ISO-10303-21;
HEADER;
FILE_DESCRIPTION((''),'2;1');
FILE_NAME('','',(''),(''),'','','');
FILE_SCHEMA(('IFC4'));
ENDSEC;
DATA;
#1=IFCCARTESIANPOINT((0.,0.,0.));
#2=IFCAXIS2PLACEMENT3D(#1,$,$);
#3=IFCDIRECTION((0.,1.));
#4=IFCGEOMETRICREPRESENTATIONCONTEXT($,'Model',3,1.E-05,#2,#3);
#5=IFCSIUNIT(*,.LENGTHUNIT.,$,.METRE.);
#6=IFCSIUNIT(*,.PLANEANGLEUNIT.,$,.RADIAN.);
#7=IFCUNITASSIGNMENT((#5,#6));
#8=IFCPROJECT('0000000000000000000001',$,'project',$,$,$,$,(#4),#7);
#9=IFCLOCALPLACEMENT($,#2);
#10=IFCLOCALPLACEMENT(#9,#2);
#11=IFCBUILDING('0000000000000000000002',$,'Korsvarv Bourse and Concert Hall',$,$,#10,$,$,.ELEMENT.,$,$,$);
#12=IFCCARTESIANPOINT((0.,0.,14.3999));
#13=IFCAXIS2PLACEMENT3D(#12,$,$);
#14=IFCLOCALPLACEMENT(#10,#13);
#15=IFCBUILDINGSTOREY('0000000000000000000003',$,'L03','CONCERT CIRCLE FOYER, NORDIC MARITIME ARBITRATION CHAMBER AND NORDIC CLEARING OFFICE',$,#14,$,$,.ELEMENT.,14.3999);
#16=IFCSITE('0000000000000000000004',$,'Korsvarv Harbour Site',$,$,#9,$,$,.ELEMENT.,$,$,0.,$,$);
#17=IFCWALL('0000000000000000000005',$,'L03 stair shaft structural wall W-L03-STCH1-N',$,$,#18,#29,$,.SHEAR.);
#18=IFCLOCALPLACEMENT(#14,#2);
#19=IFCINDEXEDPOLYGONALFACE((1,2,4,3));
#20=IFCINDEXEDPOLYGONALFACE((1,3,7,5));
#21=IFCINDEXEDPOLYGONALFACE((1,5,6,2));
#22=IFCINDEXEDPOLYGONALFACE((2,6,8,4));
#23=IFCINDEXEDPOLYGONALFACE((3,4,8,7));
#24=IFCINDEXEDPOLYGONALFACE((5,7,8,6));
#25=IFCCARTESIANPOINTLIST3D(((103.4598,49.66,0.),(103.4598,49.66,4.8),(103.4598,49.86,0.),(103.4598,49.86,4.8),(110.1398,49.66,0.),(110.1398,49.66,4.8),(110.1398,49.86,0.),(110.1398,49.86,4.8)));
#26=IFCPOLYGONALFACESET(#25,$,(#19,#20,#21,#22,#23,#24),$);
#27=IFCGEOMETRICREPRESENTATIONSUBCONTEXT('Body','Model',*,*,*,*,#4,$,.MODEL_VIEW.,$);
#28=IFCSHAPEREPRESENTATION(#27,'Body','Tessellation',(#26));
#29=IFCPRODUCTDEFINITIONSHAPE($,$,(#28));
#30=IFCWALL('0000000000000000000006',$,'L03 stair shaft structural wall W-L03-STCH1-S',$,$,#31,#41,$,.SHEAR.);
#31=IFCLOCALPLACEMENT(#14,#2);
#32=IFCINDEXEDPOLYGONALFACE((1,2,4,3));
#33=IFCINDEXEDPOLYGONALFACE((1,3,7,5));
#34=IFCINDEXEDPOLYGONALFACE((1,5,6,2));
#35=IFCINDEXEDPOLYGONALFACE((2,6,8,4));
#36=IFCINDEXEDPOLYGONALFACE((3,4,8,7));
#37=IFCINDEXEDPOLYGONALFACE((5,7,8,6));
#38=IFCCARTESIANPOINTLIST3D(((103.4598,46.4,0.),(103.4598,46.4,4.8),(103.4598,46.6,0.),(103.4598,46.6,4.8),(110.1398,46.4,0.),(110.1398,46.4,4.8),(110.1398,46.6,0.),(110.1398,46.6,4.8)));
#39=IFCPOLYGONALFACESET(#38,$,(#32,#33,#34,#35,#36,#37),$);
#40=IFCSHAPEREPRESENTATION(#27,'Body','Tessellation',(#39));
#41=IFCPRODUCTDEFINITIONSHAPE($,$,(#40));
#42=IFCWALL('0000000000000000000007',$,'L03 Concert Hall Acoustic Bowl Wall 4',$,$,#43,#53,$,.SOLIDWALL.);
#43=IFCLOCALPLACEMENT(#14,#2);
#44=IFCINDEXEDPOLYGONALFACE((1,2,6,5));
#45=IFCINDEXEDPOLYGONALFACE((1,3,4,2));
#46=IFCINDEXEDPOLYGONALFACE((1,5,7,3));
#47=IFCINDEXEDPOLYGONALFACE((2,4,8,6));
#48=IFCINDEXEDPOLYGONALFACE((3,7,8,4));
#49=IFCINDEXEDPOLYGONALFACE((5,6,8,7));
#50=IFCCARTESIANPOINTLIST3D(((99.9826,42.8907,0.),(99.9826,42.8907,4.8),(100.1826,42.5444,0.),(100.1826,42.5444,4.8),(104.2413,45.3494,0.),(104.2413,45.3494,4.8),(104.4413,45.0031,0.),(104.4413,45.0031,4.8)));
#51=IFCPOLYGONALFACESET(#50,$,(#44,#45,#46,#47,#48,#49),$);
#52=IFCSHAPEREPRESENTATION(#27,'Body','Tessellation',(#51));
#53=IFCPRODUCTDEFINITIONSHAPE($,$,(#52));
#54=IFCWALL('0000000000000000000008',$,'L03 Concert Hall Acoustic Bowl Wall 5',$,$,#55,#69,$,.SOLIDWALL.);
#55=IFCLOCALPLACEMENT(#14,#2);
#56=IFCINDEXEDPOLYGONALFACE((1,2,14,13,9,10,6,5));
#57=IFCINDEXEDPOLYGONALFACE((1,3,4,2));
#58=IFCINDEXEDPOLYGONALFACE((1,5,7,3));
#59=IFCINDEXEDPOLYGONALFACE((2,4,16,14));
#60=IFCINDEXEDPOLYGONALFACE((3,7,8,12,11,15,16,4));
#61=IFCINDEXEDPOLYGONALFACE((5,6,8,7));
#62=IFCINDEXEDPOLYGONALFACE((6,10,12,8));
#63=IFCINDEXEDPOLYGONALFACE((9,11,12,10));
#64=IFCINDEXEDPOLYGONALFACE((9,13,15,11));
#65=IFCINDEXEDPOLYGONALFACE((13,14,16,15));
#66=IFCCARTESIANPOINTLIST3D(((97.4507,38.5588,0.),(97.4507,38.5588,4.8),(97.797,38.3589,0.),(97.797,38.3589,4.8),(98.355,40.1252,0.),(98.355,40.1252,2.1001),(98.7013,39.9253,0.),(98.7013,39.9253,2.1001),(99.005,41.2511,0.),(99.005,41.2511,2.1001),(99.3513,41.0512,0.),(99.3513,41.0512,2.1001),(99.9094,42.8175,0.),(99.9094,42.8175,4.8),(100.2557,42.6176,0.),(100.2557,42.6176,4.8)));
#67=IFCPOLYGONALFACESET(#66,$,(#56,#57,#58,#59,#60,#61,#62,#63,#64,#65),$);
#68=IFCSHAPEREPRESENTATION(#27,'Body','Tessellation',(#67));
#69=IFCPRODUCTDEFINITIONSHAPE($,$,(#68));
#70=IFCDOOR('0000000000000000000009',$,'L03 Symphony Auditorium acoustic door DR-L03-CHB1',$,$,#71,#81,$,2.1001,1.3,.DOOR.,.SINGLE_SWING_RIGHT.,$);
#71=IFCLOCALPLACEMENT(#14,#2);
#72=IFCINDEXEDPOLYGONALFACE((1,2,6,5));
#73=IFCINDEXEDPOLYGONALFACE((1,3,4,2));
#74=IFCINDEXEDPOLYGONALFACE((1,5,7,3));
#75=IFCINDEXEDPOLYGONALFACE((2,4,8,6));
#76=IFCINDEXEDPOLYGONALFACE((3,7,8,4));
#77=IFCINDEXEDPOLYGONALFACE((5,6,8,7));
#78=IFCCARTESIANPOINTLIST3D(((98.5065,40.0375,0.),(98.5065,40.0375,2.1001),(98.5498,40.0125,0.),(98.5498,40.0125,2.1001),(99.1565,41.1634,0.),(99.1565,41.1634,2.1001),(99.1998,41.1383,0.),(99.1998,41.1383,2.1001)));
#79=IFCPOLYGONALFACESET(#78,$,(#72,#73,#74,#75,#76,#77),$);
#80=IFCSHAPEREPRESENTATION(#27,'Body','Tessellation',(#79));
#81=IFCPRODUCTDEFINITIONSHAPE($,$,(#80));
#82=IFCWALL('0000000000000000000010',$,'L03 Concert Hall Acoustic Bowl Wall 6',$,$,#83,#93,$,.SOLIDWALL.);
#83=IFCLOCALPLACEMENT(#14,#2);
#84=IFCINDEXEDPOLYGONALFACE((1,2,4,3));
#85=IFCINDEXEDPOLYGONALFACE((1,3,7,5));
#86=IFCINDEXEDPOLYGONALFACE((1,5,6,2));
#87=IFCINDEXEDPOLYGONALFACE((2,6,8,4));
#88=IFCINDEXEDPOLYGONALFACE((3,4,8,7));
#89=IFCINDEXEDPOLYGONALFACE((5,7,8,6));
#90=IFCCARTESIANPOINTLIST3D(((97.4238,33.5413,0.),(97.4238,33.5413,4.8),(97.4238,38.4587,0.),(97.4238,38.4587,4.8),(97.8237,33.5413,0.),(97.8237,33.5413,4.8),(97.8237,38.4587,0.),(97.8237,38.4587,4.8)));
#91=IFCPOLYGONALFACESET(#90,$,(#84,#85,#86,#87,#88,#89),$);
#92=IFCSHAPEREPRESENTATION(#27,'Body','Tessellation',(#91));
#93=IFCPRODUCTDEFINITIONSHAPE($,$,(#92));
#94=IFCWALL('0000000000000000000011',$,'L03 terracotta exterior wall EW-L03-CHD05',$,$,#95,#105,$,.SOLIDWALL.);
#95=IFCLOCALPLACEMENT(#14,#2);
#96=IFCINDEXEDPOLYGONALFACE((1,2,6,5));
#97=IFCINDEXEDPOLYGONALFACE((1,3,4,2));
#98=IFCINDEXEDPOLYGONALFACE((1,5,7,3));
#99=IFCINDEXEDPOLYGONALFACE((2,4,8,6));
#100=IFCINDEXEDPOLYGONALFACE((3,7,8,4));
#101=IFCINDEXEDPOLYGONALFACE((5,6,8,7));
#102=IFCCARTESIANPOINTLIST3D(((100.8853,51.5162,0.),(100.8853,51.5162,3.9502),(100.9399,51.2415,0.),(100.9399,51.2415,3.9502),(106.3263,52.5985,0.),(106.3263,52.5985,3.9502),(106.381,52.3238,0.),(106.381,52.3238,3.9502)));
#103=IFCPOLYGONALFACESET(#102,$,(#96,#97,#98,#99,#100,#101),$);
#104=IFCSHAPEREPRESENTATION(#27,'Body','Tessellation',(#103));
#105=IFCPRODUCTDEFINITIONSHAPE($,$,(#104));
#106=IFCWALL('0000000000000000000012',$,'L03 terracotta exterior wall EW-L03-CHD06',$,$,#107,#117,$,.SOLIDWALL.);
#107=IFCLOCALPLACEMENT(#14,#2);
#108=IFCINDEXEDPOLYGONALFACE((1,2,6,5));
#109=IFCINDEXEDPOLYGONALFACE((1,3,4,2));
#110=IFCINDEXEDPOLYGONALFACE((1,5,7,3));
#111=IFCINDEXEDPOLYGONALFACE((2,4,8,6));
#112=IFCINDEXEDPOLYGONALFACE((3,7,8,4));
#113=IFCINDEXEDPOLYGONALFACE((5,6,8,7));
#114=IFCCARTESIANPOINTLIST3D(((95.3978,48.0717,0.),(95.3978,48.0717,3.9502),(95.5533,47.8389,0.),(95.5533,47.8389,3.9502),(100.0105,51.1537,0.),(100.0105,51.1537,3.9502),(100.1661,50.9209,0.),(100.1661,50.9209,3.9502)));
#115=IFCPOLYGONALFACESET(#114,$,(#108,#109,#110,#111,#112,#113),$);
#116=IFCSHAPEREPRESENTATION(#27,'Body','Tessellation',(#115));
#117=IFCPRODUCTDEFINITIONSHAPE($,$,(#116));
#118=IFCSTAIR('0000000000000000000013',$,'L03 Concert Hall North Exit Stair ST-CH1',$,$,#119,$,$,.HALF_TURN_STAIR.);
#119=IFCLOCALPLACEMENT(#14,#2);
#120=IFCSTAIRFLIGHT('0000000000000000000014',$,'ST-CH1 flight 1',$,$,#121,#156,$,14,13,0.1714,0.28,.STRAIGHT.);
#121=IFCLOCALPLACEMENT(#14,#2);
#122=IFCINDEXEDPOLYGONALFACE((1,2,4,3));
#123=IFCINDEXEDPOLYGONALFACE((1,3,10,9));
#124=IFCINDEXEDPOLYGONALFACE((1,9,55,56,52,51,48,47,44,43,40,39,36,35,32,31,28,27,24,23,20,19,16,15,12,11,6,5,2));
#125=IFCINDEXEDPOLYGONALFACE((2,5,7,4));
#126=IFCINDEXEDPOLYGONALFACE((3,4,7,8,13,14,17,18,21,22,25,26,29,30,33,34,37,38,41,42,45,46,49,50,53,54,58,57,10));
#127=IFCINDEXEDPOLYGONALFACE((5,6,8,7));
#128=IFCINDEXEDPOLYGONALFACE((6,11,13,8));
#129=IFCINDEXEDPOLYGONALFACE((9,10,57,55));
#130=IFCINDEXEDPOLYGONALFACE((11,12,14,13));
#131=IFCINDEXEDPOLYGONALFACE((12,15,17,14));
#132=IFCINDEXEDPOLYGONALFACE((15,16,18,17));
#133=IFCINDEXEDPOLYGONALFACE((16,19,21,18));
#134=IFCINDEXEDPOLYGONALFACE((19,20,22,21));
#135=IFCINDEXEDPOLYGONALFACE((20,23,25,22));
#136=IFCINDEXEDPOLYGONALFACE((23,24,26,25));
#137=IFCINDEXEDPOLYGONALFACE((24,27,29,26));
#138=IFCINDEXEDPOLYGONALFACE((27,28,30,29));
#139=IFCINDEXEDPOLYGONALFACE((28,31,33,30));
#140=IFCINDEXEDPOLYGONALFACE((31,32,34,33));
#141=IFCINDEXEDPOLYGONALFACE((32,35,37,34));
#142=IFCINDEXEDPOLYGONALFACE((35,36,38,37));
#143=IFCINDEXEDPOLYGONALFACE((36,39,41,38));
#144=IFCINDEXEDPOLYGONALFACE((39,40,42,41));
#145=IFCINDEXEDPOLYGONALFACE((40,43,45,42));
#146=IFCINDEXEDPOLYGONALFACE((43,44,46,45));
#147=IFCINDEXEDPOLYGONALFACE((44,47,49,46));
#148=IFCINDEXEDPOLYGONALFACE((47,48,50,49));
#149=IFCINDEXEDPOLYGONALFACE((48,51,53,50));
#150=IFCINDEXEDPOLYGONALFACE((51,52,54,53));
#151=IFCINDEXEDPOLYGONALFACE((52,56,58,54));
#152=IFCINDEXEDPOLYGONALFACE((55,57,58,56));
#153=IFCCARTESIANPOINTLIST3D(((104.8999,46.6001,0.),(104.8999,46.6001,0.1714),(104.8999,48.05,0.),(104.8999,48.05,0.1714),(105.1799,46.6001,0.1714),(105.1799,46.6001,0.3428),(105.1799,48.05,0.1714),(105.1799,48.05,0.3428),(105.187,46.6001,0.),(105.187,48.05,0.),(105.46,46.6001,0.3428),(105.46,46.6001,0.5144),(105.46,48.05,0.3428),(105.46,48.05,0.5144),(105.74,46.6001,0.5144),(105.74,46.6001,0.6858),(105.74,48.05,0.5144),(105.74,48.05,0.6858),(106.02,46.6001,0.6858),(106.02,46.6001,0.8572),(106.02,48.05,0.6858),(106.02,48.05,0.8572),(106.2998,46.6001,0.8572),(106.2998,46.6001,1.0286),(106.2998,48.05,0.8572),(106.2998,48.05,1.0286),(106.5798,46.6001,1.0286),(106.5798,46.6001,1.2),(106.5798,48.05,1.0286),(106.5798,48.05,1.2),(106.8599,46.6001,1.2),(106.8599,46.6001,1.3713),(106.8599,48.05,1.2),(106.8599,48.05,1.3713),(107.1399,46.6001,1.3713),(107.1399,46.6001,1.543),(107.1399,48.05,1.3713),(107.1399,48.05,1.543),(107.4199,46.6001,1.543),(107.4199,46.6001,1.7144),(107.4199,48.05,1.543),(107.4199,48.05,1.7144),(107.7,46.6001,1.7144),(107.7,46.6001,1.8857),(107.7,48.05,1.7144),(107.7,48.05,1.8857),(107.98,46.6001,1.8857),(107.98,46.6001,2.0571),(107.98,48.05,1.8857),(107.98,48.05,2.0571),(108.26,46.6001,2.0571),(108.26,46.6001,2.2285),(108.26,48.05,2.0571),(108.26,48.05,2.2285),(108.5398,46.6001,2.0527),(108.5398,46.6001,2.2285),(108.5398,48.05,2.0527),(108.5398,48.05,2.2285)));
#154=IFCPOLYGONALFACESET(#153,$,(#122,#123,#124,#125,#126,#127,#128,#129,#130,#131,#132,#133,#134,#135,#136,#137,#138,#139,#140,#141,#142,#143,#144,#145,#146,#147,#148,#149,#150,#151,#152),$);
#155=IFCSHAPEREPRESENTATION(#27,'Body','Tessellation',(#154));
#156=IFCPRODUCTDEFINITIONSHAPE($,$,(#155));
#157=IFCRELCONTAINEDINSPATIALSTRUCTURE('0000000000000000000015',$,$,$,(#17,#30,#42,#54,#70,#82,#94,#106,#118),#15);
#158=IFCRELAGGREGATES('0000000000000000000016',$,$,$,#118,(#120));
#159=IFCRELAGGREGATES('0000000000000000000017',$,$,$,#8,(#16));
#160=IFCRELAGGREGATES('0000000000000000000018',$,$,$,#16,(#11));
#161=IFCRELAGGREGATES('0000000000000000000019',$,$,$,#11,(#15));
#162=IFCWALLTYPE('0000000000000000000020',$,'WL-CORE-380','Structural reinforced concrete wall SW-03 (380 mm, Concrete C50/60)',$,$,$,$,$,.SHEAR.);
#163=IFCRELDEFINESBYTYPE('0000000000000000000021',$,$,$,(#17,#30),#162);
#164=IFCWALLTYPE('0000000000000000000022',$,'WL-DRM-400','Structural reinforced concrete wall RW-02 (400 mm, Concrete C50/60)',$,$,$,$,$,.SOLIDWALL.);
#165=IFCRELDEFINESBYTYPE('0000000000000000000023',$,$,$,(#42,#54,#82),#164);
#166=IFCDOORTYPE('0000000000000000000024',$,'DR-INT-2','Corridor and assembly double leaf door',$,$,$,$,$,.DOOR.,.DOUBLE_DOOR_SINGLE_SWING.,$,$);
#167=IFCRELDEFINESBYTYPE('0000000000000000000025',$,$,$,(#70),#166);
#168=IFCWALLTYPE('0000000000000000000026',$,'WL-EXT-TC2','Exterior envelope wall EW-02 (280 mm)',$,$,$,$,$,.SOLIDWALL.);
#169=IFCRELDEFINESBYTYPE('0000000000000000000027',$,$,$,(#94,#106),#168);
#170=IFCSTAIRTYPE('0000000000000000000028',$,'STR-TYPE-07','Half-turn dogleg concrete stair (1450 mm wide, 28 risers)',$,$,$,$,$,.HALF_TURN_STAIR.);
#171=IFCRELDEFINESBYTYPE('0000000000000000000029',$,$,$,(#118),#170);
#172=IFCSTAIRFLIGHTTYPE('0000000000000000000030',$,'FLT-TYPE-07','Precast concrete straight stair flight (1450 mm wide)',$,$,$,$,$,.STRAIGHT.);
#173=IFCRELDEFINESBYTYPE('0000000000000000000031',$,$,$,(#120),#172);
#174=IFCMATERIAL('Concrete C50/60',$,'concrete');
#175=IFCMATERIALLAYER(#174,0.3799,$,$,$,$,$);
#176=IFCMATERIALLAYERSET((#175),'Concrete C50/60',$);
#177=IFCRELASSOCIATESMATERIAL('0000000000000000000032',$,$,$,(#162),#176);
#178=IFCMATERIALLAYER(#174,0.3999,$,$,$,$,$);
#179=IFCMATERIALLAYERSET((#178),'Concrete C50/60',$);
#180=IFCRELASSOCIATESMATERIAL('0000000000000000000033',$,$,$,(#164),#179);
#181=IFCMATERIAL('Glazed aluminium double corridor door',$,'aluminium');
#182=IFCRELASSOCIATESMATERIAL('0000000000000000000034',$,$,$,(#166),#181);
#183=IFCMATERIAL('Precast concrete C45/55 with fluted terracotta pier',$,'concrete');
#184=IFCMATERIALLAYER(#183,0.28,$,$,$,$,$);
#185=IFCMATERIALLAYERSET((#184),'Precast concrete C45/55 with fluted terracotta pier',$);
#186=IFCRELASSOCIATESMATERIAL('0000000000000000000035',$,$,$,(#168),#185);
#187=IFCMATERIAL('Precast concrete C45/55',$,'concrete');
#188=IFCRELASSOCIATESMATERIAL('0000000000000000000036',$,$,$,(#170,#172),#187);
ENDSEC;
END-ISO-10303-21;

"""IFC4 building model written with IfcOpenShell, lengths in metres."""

from ifc_helpers import new_model, si_unit, direction, frame, frame_2d, origin, place, context, subcontext, project, spatial, polyline, rectangle, outline, extrude, material, layer, layer_set, type_object, element, fill, aggregate, save


model = new_model("IFC4")

# Units and contexts
model_context = context("Model", 3, precision=1e-05, world=origin(), true_north=direction((0.0, 1.0)))
body_context = subcontext(model_context, "Body", "Model", "MODEL_VIEW")
ifc_project = project(units=[si_unit("LENGTHUNIT", "METRE"), si_unit("PLANEANGLEUNIT", "RADIAN")], contexts=[model_context])

# Site, building, storey
site_placement = place(None, origin())
site = spatial("IfcSite", under=ifc_project, at=site_placement, Name="Korsvarv Harbour Site", CompositionType="ELEMENT", RefElevation=0.0)
building_placement = place(site_placement, origin())
building = spatial("IfcBuilding", under=site, at=building_placement, Name="Korsvarv Bourse and Concert Hall", CompositionType="ELEMENT")
storey_placement = place(building_placement, frame((0.0, 0.0, 14.3999)))
storey = spatial("IfcBuildingStorey", under=building, at=storey_placement, Name="L03", Description="CONCERT CIRCLE FOYER, NORDIC MARITIME ARBITRATION CHAMBER AND NORDIC CLEARING OFFICE", CompositionType="ELEMENT", Elevation=14.3999)

# Shared definitions
ifc_material_1 = material(Name="Concrete C50/60", Category="concrete")

# Shared definitions
ifc_layer_1 = layer(ifc_material_1, 0.3799)
ifc_layer_set_1 = layer_set([ifc_layer_1], Name="Concrete C50/60")
wall_type_1 = type_object("IfcWallType", Name="WL-CORE-380", Description="Structural reinforced concrete wall SW-03 (380 mm, Concrete C50/60)", PredefinedType="SHEAR", material=ifc_layer_set_1)

# Walls
for number, where, z_axis, x_axis, name in (
    (1, (103.46, 49.76, 0.0), (0.0, 0.0, 1.0), (1.0, 0.0, 0.0), "L03 stair shaft structural wall W-L03-STCH1-N"),
    (2, (103.46, 46.5, 0.0), (0.0, 0.0, 1.0), (1.0, 0.0, 0.0), "L03 stair shaft structural wall W-L03-STCH1-S"),
):
    element("IfcWall", number, at=place(storey_placement, frame(where, z_axis=z_axis, x_axis=x_axis)), inside=storey, type_object=wall_type_1, Name=name, PredefinedType="SHEAR", context=body_context, shape_type="SweptSolid", body=[
        extrude(rectangle(XDim=6.6799, YDim=0.2, at=frame_2d((3.3398, 0.0))), origin(), (0.0, 0.0, 1.0), 4.8),
    ])
ifc_layer_2 = layer(ifc_material_1, 0.3999)
ifc_layer_set_2 = layer_set([ifc_layer_2], Name="Concrete C50/60")
wall_type_2 = type_object("IfcWallType", Name="WL-DRM-400", Description="Structural reinforced concrete wall RW-02 (400 mm, Concrete C50/60)", PredefinedType="SOLIDWALL", material=ifc_layer_set_2)
wall_1_placement = place(storey_placement, frame((104.3413, 45.1763, 0.0), z_axis=(0.0, 0.0, 1.0), x_axis=(-0.866032, -0.499989, 0.0)))
element("IfcWall", 3, at=wall_1_placement, inside=storey, type_object=wall_type_2, Name="L03 Concert Hall Acoustic Bowl Wall 4", PredefinedType="SOLIDWALL", context=body_context, shape_type="SweptSolid", body=[
    extrude(rectangle(XDim=4.9175, YDim=0.3999, at=frame_2d((2.4587, 0.0))), origin(), (0.0, 0.0, 1.0), 4.8),
])

# Wall, opening, door
wall_2_placement = place(storey_placement, frame((100.0825, 42.7175, 0.0), z_axis=(0.0, 0.0, 1.0), x_axis=(-0.499989, -0.866032, 0.0)))
wall_2 = element("IfcWall", 4, at=wall_2_placement, inside=storey, type_object=wall_type_2, Name="L03 Concert Hall Acoustic Bowl Wall 5", PredefinedType="SOLIDWALL", context=body_context, shape_type="SweptSolid", body=[
    extrude(rectangle(XDim=4.9175, YDim=0.3999, at=frame_2d((2.4587, 0.0))), origin(), (0.0, 0.0, 1.0), 4.8),
])
opening_1_placement = place(wall_2_placement, frame((1.8088, 0.0, 0.0)))
opening_1 = element("IfcOpeningElement", 5, at=opening_1_placement, cuts=wall_2, PredefinedType="OPENING", context=body_context, shape_type="SweptSolid", body=[
    extrude(rectangle(XDim=1.3, YDim=2.1001, at=frame_2d((0.6499, 1.05))), frame((0.0, 0.21, 0.0), z_axis=(0.0, -1.0, 0.0), x_axis=(1.0, 0.0, 0.0)), (0.0, 0.0, 1.0), 0.4199),
])
ifc_material_2 = material(Name="Glazed aluminium double corridor door", Category="aluminium")
door_type_1 = type_object("IfcDoorType", Name="DR-INT-2", Description="Corridor and assembly double leaf door", OperationType="DOUBLE_DOOR_SINGLE_SWING", PredefinedType="DOOR", material=ifc_material_2)
door_1_placement = place(opening_1_placement, frame((1.3, 0.0, 0.0), z_axis=(0.0, 0.0, 1.0), x_axis=(-1.0, 0.0, 0.0)))
door_1 = element("IfcDoor", 6, at=door_1_placement, inside=storey, type_object=door_type_1, Name="L03 Symphony Auditorium acoustic door DR-L03-CHB1", OperationType="SINGLE_SWING_RIGHT", OverallHeight=2.1001, OverallWidth=1.3, PredefinedType="DOOR", context=body_context, shape_type="SweptSolid", body=[
    extrude(rectangle(XDim=1.3, YDim=2.1001, at=frame_2d((0.6499, 1.05))), frame((0.0, 0.0249, 0.0), z_axis=(0.0, -1.0, 0.0), x_axis=(1.0, 0.0, 0.0)), (0.0, 0.0, 1.0), 0.05),
])
fill(opening_1, door_1)

# Walls
wall_3_placement = place(storey_placement, frame((97.6238, 38.4587, 0.0), z_axis=(0.0, 0.0, 1.0), x_axis=(0.0, -1.0, 0.0)))
element("IfcWall", 7, at=wall_3_placement, inside=storey, type_object=wall_type_2, Name="L03 Concert Hall Acoustic Bowl Wall 6", PredefinedType="SOLIDWALL", context=body_context, shape_type="SweptSolid", body=[
    extrude(rectangle(XDim=4.9175, YDim=0.3999, at=frame_2d((2.4587, 0.0))), origin(), (0.0, 0.0, 1.0), 4.8),
])
ifc_material_3 = material(Name="Precast concrete C45/55 with fluted terracotta pier", Category="concrete")
ifc_layer_3 = layer(ifc_material_3, 0.28)
ifc_layer_set_3 = layer_set([ifc_layer_3], Name="Precast concrete C45/55 with fluted terracotta pier")
wall_type_3 = type_object("IfcWallType", Name="WL-EXT-TC2", Description="Exterior envelope wall EW-02 (280 mm)", PredefinedType="SOLIDWALL", material=ifc_layer_set_3)
for number, where, z_axis, x_axis, name in (
    (8, (106.3538, 52.4612, 0.0), (0.0, 0.0, 1.0), (-0.980785, -0.195092, 0.0), "L03 terracotta exterior wall EW-L03-CHD05"),
    (9, (100.0884, 51.0374, 0.0), (0.0, 0.0, 1.0), (-0.831481, -0.555553, 0.0), "L03 terracotta exterior wall EW-L03-CHD06"),
):
    element("IfcWall", number, at=place(storey_placement, frame(where, z_axis=z_axis, x_axis=x_axis)), inside=storey, type_object=wall_type_3, Name=name, PredefinedType="SOLIDWALL", context=body_context, shape_type="SweptSolid", body=[
        extrude(rectangle(XDim=5.5476, YDim=0.28, at=frame_2d((2.7739, 0.0))), origin(), (0.0, 0.0, 1.0), 3.9502),
    ])

# Stair, stair flight
ifc_material_4 = material(Name="Precast concrete C45/55", Category="concrete")
stair_type = type_object("IfcStairType", Name="STR-TYPE-07", Description="Half-turn dogleg concrete stair (1450 mm wide, 28 risers)", PredefinedType="HALF_TURN_STAIR", material=ifc_material_4)
stair_placement = place(storey_placement, origin())
stair = element("IfcStair", 10, at=stair_placement, inside=storey, type_object=stair_type, Name="L03 Concert Hall North Exit Stair ST-CH1", PredefinedType="HALF_TURN_STAIR")
stair_flight_type = type_object("IfcStairFlightType", Name="FLT-TYPE-07", Description="Precast concrete straight stair flight (1450 mm wide)", PredefinedType="STRAIGHT", material=ifc_material_4)
stair_flight_1_placement = place(storey_placement, frame((104.8999, 47.325, 0.0), z_axis=(0.0, 0.0, 1.0), x_axis=(1.0, 0.0, 0.0)))
stair_flight_1 = element("IfcStairFlight", 11, at=stair_flight_1_placement, type_object=stair_flight_type, Name="ST-CH1 flight 1", NumberOfRisers=14, NumberOfTreads=13, PredefinedType="STRAIGHT", RiserHeight=0.1714, TreadLength=0.28, context=body_context, shape_type="SweptSolid", body=[
    extrude(outline(polyline([(0.0, 0.0), (0.0, 0.1714), (0.28, 0.1714), (0.28, 0.3428), (0.5601, 0.3428), (0.5601, 0.5144), (0.8401, 0.5144), (0.8401, 0.6858), (1.1201, 0.6858), (1.1201, 0.8572), (1.3999, 0.8572), (1.3999, 1.0286), (1.6799, 1.0286), (1.6799, 1.2), (1.96, 1.2), (1.96, 1.3713), (2.24, 1.3713), (2.24, 1.543), (2.52, 1.543), (2.52, 1.7144), (2.8, 1.7144), (2.8, 1.8857), (3.0801, 1.8857), (3.0801, 2.0571), (3.3601, 2.0571), (3.3601, 2.2285), (3.6399, 2.2285), (3.6399, 2.3999), (3.6399, 2.0527), (0.2871, 0.0), (0.0, 0.0)])), frame((0.0, 0.7251, 0.0), z_axis=(0.0, -1.0, 0.0), x_axis=(1.0, 0.0, 0.0)), (0.0, 0.0, 1.0), 1.45),
])
aggregate(stair, [stair_flight_1])

save(model, "model.ifc")
